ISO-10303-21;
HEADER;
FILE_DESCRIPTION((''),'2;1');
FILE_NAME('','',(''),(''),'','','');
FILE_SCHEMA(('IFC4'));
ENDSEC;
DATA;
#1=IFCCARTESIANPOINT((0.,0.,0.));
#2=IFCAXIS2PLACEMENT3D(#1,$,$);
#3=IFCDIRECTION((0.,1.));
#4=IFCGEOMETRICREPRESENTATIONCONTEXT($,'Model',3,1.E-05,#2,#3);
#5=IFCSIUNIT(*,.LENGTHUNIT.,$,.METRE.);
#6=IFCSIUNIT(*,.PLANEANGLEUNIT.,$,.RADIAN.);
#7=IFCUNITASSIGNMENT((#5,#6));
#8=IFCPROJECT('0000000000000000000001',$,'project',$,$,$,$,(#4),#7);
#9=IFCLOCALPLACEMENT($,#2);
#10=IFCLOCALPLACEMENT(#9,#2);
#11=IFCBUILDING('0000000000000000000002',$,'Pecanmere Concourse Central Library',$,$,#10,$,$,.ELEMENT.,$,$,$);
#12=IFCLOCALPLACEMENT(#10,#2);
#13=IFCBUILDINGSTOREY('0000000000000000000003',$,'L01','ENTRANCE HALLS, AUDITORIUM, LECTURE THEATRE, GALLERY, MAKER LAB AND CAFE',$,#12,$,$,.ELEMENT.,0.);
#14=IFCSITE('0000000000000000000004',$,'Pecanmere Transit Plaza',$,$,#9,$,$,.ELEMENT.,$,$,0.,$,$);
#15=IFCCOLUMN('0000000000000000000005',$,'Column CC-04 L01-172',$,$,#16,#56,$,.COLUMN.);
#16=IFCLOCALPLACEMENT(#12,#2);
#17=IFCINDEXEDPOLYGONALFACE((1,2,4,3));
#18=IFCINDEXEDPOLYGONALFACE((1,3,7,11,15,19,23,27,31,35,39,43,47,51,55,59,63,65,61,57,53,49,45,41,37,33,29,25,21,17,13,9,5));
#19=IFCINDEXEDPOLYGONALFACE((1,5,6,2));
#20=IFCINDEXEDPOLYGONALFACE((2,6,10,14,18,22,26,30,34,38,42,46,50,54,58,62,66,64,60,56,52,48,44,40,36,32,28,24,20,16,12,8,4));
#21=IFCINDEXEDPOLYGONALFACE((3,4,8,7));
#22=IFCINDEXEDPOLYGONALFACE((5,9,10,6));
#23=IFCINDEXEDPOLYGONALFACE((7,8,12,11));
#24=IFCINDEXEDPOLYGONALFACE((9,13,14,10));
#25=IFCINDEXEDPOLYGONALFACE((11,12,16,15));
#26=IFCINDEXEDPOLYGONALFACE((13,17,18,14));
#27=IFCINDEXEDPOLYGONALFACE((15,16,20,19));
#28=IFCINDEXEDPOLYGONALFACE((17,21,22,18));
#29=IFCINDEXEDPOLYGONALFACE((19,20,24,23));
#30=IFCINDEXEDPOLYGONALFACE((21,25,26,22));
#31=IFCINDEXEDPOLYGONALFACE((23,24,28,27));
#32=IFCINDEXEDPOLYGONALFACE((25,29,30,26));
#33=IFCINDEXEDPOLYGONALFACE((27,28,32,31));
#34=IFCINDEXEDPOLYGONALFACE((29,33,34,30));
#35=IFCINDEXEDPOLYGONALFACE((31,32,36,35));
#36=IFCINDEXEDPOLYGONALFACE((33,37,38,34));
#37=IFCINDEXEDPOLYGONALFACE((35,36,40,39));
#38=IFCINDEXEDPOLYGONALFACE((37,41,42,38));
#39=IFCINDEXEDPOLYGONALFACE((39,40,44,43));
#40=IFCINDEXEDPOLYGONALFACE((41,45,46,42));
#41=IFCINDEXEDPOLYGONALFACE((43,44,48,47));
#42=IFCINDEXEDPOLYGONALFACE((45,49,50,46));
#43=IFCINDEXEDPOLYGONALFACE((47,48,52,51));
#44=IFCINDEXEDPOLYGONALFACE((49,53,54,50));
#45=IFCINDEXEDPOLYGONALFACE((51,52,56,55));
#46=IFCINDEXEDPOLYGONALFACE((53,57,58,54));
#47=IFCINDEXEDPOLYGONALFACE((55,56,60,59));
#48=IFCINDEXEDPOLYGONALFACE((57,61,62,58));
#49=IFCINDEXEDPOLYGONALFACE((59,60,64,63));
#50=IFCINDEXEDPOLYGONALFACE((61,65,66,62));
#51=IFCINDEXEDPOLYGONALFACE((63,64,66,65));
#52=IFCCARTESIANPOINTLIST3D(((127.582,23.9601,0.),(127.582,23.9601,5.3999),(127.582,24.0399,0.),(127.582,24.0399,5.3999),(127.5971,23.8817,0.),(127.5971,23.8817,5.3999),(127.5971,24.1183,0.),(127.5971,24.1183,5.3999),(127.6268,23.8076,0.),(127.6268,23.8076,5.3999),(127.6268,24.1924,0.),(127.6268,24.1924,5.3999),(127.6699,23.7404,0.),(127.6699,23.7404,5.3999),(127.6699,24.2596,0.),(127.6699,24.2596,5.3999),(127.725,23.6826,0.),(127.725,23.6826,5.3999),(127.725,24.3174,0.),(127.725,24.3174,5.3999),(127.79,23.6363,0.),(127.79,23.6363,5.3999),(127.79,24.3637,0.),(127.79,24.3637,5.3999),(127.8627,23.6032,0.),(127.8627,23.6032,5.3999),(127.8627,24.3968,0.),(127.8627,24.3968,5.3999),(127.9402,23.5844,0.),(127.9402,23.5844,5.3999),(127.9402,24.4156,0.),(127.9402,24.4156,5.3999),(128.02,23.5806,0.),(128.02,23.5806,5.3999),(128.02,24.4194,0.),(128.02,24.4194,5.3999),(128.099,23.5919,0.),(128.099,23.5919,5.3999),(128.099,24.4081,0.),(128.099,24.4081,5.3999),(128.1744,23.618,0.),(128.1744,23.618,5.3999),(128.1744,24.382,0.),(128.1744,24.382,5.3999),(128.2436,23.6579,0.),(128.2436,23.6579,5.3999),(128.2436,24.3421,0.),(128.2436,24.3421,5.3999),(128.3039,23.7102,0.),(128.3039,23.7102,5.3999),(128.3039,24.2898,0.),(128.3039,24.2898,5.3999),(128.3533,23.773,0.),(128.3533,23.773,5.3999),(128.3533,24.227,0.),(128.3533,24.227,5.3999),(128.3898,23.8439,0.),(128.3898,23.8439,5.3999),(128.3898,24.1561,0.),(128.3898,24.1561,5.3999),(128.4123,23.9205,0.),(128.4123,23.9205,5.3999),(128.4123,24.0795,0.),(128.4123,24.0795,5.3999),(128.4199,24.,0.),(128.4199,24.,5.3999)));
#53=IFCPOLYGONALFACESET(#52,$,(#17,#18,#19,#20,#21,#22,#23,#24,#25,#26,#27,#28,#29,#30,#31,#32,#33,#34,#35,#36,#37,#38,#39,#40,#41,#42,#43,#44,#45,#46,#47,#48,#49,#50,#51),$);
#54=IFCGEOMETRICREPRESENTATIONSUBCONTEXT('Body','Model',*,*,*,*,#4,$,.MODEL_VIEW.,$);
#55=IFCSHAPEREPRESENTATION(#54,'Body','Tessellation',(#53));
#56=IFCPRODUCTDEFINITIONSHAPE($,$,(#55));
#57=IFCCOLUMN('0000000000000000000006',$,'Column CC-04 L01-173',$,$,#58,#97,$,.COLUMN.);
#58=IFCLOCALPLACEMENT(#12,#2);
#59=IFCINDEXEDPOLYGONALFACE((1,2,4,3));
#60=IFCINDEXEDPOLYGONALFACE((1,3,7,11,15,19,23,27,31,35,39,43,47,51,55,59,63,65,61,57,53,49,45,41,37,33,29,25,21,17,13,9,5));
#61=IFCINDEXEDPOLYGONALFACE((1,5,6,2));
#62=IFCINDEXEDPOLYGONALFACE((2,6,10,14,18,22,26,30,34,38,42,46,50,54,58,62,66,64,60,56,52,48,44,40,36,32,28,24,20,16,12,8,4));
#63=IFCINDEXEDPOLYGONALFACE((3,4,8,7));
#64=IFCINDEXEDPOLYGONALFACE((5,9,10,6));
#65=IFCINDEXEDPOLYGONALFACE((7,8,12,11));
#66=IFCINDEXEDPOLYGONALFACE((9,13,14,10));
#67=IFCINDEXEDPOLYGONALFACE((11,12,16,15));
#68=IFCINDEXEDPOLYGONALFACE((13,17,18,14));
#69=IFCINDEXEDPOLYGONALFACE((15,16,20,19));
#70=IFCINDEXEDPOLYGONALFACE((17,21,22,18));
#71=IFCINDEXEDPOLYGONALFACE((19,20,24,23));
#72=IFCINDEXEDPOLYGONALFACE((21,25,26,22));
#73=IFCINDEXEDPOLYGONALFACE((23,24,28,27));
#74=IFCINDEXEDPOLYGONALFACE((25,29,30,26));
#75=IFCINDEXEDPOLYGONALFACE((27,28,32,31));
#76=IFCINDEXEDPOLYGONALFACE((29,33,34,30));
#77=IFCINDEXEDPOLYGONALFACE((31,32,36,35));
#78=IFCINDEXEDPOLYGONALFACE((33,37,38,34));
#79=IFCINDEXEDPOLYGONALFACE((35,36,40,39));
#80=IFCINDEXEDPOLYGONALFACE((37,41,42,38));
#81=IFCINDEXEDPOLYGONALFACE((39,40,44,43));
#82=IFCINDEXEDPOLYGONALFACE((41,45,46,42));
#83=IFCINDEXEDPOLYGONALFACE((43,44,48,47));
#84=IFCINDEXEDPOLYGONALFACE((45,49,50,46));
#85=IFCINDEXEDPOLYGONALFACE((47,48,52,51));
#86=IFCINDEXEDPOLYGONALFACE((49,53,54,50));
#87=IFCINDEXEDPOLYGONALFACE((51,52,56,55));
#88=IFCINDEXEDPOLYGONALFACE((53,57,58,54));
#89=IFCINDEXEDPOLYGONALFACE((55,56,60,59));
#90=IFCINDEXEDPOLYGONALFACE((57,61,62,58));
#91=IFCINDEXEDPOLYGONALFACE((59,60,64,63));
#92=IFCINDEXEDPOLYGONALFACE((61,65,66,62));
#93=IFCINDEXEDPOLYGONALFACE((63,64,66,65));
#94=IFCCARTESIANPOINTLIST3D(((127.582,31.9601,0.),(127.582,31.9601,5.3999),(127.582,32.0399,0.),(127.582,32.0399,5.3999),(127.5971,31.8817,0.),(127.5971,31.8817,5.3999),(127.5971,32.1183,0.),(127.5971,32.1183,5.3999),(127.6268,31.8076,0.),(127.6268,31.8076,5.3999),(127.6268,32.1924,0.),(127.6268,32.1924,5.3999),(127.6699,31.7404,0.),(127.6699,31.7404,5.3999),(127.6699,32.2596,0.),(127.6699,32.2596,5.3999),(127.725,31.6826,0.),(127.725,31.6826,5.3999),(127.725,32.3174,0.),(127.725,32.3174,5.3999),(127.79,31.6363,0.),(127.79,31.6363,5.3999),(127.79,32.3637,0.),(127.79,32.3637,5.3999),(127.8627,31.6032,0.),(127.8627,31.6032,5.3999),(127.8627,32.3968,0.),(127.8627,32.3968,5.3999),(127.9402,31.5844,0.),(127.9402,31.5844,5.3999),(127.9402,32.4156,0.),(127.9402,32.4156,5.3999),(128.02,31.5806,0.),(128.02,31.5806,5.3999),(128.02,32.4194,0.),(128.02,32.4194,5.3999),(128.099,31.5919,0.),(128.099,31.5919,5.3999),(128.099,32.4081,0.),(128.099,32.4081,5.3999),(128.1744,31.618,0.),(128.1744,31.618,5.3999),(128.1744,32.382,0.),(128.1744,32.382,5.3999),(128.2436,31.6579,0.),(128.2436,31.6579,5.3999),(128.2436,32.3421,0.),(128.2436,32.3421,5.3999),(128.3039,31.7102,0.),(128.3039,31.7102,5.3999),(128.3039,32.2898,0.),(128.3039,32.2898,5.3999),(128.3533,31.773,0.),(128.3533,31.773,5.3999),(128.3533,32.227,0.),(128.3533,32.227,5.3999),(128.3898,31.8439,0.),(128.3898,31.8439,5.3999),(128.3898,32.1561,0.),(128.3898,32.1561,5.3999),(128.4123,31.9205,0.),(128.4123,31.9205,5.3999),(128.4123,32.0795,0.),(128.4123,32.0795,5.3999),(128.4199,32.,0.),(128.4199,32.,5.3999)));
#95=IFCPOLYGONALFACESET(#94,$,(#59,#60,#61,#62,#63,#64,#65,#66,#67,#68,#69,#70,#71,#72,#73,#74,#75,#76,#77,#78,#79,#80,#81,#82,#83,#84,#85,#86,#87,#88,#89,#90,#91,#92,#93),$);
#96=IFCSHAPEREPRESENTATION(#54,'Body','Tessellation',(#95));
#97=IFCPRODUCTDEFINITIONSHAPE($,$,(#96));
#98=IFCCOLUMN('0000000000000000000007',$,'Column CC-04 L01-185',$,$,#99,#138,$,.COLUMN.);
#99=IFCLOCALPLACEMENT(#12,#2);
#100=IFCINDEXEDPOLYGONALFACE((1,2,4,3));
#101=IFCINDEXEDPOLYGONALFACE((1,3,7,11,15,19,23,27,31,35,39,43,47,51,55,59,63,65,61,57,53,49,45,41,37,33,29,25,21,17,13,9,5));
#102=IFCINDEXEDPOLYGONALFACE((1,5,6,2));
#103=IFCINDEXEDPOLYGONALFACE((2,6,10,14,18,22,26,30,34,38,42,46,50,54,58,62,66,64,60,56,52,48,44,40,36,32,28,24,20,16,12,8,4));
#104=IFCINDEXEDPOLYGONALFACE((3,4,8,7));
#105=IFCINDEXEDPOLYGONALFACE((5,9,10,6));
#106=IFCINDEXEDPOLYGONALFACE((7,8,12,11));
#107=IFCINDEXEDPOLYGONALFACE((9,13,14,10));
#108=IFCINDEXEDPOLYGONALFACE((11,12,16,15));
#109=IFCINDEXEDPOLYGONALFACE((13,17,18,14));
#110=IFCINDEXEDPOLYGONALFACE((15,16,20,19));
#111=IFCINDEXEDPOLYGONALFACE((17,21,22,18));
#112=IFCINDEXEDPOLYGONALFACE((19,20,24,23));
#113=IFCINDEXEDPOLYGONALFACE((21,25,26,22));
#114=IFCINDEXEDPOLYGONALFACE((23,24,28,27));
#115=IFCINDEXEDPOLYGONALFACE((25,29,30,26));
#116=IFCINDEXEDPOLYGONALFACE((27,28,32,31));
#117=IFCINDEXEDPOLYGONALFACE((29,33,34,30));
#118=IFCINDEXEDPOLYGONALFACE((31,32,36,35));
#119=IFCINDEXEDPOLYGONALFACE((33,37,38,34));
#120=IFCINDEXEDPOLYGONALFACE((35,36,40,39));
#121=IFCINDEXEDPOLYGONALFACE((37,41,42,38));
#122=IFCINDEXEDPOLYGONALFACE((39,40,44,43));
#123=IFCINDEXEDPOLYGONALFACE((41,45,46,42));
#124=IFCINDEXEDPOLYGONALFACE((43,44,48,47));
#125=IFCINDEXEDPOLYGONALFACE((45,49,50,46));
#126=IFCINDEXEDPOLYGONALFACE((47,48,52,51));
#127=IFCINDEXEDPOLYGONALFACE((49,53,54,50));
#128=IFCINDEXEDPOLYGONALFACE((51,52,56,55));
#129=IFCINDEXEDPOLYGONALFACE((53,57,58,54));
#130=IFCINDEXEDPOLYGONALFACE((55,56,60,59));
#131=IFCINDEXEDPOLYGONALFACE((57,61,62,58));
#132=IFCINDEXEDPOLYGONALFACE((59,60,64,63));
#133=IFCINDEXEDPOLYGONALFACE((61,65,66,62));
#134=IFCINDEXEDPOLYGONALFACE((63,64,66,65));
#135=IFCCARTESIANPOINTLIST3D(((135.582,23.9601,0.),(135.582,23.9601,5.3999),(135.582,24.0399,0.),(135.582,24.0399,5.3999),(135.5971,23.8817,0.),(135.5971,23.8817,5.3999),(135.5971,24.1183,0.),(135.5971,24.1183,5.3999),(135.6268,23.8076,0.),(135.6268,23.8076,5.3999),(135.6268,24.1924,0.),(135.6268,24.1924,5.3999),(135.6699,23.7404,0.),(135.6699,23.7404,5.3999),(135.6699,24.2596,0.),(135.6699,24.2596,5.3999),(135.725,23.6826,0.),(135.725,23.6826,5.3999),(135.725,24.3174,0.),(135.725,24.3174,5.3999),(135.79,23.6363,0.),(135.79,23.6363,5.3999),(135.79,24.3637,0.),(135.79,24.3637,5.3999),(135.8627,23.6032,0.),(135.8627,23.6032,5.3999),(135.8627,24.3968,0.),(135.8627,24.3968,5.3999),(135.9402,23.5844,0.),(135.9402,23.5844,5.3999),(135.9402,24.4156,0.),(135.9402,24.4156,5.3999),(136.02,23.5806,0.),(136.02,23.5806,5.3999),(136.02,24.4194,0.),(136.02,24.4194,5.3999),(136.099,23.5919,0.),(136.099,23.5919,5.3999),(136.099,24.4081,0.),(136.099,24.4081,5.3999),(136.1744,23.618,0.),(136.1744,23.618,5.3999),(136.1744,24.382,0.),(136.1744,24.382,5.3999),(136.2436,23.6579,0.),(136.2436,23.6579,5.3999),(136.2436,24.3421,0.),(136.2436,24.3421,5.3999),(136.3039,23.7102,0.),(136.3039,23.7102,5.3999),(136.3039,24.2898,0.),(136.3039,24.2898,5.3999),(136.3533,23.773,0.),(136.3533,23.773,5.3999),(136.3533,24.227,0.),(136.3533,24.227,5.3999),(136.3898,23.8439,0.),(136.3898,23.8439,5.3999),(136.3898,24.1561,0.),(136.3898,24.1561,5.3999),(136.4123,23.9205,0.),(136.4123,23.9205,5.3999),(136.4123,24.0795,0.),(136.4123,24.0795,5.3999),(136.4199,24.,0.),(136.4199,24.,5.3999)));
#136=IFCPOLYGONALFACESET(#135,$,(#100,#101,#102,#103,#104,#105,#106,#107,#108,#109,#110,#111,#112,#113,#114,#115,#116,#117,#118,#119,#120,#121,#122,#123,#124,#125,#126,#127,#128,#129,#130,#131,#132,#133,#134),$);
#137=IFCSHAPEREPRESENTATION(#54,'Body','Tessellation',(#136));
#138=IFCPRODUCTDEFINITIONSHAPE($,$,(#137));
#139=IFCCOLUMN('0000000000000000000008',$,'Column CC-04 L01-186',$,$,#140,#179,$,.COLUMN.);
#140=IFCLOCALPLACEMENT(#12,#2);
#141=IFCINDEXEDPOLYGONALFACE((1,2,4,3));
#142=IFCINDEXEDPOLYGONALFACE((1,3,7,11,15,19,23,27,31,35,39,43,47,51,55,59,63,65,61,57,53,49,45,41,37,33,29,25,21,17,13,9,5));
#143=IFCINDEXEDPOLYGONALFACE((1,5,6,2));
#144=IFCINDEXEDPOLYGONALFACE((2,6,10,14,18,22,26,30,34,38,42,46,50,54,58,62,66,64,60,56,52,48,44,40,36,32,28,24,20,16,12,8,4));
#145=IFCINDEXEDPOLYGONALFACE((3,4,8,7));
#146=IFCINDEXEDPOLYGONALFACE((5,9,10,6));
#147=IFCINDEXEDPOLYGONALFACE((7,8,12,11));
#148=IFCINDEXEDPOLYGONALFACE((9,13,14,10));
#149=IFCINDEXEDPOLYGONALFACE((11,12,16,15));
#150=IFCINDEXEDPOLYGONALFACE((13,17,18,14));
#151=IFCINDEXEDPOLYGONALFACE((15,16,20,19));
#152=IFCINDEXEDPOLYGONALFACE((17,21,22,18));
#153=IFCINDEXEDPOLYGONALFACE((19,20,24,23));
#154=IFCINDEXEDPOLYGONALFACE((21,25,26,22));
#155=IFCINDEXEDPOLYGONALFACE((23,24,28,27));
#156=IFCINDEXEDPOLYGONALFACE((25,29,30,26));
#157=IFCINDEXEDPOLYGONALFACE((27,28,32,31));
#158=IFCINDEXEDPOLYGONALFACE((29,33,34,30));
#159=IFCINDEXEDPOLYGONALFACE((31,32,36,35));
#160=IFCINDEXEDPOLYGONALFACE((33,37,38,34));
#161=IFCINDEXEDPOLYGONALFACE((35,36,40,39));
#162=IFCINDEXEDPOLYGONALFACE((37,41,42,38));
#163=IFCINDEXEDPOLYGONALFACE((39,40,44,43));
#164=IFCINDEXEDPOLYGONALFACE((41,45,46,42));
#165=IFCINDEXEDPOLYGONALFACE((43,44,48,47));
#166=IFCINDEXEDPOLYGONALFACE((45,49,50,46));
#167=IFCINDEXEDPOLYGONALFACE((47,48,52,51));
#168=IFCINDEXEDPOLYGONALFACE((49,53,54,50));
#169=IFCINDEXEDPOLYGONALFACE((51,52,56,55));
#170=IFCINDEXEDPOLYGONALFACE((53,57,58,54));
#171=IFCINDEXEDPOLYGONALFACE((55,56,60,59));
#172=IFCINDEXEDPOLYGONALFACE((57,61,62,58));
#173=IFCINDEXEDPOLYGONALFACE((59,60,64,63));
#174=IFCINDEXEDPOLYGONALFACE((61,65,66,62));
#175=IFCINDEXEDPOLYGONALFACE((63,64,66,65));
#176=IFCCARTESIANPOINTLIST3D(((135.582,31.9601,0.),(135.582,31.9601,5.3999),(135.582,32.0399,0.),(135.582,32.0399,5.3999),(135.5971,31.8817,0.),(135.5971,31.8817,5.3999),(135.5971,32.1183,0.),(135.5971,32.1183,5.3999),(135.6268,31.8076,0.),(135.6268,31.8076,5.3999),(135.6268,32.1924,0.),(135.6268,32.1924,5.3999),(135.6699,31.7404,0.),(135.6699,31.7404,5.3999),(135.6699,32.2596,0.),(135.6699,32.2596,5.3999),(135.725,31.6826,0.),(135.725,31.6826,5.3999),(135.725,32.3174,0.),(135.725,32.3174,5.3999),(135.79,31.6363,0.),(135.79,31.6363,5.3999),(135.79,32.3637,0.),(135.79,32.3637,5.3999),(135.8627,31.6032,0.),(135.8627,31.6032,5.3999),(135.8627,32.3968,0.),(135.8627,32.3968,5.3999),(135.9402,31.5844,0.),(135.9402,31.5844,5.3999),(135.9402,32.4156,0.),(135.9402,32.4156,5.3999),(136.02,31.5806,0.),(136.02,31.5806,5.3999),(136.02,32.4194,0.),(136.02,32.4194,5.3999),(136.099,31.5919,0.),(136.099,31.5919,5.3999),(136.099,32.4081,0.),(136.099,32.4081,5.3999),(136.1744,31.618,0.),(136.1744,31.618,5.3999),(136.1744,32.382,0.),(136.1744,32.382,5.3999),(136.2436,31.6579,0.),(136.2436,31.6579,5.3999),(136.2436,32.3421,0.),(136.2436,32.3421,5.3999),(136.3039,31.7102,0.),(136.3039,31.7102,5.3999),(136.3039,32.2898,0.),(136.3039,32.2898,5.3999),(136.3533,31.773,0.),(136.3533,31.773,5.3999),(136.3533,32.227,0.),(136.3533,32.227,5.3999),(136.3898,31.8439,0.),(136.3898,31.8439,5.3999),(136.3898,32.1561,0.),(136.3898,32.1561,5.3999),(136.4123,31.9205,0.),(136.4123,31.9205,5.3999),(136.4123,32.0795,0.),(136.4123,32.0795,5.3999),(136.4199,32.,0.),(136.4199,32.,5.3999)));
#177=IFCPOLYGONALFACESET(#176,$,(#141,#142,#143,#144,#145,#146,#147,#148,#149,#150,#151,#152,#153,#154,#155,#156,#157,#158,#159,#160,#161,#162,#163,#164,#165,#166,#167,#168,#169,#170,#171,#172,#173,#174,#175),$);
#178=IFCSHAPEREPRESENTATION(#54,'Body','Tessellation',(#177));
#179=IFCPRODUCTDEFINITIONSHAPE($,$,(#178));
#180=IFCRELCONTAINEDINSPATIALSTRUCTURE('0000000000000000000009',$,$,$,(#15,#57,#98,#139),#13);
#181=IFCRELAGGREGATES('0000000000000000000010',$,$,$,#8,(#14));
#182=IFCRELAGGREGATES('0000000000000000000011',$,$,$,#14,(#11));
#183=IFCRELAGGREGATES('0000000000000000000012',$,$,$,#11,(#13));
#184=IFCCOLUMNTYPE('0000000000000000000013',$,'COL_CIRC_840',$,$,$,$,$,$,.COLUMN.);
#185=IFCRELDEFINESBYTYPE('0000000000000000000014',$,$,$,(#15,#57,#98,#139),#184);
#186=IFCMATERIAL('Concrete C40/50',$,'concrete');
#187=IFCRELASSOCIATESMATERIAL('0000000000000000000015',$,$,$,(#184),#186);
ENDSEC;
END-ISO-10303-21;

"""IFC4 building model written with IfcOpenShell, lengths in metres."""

from ifc_helpers import new_model, si_unit, direction, frame, origin, origin_2d, place, context, subcontext, project, spatial, circle, extrude, material, material_profile, profile_set, type_object, element, save


model = new_model("IFC4")

# Units and contexts
model_context = context("Model", 3, precision=1e-05, world=origin(), true_north=direction((0.0, 1.0)))
body_context = subcontext(model_context, "Body", "Model", "MODEL_VIEW")
ifc_project = project(units=[si_unit("LENGTHUNIT", "METRE"), si_unit("PLANEANGLEUNIT", "RADIAN")], contexts=[model_context])

# Site, building, storey
site_placement = place(None, origin())
site = spatial("IfcSite", under=ifc_project, at=site_placement, Name="Pecanmere Transit Plaza", CompositionType="ELEMENT", RefElevation=0.0)
building_placement = place(site_placement, origin())
building = spatial("IfcBuilding", under=site, at=building_placement, Name="Pecanmere Concourse Central Library", CompositionType="ELEMENT")
storey_placement = place(building_placement, origin())
storey = spatial("IfcBuildingStorey", under=building, at=storey_placement, Name="L01", Description="ENTRANCE HALLS, AUDITORIUM, LECTURE THEATRE, GALLERY, MAKER LAB AND CAFE", CompositionType="ELEMENT", Elevation=0.0)

# Columns
ifc_material_1 = material(Name="Concrete C40/50", Category="concrete")
ifc_material_profile_1 = material_profile(ifc_material_1, circle(Radius=0.4199, at=origin_2d()), Name="RC D840")
ifc_profile_set_1 = profile_set([ifc_material_profile_1], Name="Concrete C40/50")
column_type_1 = type_object("IfcColumnType", Name="COL_CIRC_840", PredefinedType="COLUMN", material=ifc_profile_set_1)
for number, where, z_axis, x_axis, name in (
    (1, (128.0, 24.0, 0.0), (0.0, 0.0, 1.0), (1.0, 0.0, 0.0), "Column CC-04 L01-172"),
    (2, (128.0, 32.0, 0.0), (0.0, 0.0, 1.0), (1.0, 0.0, 0.0), "Column CC-04 L01-173"),
    (3, (136.0, 24.0, 0.0), (0.0, 0.0, 1.0), (1.0, 0.0, 0.0), "Column CC-04 L01-185"),
    (4, (136.0, 32.0, 0.0), (0.0, 0.0, 1.0), (1.0, 0.0, 0.0), "Column CC-04 L01-186"),
):
    element("IfcColumn", number, at=place(storey_placement, frame(where, z_axis=z_axis, x_axis=x_axis)), inside=storey, type_object=column_type_1, Name=name, PredefinedType="COLUMN", context=body_context, shape_type="SweptSolid", body=[
        extrude(circle(Radius=0.4199, at=origin_2d()), origin(), (0.0, 0.0, 1.0), 5.3999),
    ])

save(model, "model.ifc")
